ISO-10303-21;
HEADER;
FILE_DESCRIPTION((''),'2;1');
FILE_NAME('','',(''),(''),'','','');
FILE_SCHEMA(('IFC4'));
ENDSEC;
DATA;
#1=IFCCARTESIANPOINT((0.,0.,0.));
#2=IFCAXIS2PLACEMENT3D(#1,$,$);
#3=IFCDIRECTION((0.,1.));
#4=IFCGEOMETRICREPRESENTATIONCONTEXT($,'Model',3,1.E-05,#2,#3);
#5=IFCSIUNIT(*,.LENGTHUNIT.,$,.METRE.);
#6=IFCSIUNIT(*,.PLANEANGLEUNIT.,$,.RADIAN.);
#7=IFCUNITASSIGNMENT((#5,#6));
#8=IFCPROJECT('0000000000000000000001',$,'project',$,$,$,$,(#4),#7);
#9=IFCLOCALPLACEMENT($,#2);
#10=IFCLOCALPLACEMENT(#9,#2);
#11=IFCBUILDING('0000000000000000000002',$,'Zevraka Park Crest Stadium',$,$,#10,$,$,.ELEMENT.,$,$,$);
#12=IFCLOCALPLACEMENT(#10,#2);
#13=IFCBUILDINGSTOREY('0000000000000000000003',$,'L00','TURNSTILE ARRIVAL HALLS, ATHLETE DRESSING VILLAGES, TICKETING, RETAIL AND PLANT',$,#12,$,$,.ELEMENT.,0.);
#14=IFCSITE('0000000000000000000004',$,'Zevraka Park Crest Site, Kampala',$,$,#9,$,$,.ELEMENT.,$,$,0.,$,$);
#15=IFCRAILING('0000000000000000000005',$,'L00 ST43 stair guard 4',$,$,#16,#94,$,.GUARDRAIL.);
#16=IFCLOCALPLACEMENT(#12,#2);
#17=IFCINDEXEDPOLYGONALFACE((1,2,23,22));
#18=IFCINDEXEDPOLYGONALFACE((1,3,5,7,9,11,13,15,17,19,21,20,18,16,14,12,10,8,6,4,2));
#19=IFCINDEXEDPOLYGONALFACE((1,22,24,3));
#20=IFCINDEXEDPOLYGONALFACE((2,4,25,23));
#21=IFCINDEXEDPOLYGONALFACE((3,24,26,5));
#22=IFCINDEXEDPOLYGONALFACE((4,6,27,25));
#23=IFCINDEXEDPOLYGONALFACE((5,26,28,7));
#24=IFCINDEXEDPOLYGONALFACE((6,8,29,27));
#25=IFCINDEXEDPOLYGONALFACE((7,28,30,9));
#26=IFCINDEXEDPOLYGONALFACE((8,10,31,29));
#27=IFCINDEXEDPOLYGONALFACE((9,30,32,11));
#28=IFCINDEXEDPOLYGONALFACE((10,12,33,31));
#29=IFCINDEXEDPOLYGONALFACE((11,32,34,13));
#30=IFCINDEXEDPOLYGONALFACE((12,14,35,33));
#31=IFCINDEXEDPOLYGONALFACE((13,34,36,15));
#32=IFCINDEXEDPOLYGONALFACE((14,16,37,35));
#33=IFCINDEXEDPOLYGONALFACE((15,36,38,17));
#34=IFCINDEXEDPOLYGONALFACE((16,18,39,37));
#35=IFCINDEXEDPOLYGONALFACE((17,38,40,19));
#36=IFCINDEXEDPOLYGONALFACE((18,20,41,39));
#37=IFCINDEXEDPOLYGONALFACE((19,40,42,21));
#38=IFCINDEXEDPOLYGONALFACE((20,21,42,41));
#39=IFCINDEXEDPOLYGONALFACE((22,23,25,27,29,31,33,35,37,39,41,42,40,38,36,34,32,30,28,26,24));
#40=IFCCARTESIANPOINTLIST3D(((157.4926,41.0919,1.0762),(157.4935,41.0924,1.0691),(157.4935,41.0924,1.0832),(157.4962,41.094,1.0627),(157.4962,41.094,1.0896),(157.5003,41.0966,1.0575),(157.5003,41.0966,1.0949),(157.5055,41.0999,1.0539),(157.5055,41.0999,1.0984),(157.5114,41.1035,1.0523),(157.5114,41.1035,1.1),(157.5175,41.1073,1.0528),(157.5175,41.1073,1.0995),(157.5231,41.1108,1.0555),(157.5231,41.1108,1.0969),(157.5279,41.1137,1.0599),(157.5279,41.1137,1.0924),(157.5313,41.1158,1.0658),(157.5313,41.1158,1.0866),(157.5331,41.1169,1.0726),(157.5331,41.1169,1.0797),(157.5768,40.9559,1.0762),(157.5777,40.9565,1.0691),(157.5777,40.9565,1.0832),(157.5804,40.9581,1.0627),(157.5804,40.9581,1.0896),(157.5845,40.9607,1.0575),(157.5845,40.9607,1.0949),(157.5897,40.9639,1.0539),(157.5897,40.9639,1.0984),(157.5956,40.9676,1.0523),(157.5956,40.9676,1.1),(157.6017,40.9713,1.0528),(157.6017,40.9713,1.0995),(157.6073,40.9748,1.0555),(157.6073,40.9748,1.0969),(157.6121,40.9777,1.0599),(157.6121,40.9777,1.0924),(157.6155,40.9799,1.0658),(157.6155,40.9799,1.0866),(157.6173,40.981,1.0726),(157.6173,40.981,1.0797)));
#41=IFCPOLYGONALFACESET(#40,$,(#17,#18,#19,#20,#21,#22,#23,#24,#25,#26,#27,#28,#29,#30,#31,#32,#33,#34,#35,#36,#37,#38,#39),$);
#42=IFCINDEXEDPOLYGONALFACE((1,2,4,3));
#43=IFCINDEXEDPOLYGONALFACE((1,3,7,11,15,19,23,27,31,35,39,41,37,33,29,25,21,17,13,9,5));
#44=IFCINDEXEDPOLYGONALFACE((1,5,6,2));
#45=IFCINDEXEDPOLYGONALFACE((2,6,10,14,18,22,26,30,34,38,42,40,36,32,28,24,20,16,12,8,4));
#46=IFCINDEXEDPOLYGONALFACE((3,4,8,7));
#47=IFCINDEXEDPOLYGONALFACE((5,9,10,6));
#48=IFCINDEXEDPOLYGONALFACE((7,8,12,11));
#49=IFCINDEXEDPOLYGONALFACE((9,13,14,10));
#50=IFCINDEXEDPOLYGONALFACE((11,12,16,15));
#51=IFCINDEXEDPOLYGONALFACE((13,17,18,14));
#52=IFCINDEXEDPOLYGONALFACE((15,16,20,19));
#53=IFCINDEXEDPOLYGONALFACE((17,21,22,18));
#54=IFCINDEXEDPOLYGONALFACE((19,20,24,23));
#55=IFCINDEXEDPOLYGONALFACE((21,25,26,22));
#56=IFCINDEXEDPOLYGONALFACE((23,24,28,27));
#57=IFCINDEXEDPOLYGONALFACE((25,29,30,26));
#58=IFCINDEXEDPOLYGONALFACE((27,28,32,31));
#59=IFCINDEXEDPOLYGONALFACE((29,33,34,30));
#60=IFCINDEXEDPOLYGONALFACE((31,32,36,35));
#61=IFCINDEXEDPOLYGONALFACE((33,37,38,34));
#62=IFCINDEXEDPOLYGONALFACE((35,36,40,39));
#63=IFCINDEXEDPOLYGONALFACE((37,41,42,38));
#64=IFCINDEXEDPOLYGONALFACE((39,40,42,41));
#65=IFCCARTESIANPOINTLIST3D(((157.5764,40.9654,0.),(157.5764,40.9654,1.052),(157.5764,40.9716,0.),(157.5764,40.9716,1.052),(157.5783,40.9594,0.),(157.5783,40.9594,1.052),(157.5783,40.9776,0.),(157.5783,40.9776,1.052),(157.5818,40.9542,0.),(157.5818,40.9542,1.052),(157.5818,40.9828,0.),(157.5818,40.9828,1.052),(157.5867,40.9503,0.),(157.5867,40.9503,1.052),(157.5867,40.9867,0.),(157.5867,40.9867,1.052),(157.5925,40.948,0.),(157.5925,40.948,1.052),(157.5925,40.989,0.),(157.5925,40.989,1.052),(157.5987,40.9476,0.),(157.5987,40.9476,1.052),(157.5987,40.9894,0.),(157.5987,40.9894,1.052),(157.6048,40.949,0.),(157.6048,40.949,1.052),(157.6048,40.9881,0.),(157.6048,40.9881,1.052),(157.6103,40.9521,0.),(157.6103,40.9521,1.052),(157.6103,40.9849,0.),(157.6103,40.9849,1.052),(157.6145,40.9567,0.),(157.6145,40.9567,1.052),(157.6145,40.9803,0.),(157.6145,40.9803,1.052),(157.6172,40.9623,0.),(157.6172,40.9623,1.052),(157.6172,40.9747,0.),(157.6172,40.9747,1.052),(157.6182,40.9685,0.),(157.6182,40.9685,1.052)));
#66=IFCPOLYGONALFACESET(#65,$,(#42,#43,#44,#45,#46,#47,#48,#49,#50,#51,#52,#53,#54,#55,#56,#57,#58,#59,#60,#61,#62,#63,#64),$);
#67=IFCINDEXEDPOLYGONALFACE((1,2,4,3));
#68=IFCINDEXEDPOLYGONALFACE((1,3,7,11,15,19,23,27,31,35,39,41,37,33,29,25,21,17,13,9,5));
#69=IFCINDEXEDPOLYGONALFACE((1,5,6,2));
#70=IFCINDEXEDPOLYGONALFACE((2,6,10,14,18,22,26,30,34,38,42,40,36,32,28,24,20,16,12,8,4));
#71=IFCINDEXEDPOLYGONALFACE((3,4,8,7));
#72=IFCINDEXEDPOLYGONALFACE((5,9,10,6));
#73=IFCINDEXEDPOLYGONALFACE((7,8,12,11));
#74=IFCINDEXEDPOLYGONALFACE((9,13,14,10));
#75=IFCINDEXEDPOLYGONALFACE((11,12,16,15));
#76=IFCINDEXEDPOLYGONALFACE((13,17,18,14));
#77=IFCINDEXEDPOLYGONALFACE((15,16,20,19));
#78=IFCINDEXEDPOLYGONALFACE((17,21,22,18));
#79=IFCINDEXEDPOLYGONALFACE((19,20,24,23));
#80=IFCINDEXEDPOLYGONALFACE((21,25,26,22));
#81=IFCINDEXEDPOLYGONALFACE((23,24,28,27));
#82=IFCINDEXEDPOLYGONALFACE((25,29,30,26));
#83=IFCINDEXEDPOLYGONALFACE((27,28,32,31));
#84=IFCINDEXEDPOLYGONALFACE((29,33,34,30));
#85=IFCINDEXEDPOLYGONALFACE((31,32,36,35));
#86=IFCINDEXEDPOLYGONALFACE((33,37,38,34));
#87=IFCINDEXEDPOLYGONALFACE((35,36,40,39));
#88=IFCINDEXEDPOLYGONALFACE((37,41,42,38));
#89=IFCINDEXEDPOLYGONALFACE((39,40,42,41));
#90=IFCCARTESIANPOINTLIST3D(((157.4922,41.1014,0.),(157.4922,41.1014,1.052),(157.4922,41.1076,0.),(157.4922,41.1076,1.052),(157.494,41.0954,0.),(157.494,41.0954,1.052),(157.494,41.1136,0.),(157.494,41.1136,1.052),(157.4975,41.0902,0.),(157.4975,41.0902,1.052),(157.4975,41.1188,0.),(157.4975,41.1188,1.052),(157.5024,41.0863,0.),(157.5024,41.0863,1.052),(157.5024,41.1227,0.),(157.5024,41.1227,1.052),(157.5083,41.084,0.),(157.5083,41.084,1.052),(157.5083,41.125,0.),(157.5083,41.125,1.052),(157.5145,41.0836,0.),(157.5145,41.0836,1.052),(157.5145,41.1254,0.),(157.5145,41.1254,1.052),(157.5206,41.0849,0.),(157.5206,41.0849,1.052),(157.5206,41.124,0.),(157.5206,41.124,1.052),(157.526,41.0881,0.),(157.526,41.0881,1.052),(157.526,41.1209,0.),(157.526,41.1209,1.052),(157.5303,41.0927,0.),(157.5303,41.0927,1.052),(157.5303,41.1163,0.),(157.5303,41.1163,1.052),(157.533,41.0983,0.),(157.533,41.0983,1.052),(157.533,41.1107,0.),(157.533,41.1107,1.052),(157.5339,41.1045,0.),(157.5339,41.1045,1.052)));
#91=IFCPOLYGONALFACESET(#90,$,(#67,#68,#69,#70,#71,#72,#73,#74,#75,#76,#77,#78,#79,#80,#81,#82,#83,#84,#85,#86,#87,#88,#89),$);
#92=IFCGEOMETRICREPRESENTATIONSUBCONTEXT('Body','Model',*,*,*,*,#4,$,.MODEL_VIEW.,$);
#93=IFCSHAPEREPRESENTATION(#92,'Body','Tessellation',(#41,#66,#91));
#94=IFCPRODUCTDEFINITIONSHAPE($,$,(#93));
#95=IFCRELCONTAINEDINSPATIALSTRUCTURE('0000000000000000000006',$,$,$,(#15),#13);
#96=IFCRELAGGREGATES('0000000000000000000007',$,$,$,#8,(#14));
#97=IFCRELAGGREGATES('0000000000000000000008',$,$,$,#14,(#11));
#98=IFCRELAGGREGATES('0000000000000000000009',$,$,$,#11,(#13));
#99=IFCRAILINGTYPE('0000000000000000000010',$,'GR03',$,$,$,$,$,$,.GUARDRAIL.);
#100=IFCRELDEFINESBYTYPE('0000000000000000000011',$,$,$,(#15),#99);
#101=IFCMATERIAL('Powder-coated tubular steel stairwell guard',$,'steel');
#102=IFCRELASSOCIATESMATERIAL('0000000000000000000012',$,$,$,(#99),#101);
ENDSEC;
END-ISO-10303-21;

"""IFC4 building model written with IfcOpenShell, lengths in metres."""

from ifc_helpers import new_model, si_unit, direction, frame, origin, origin_2d, place, context, subcontext, project, spatial, circle, extrude, material, type_object, element, save


model = new_model("IFC4")

# Units and contexts
model_context = context("Model", 3, precision=1e-05, world=origin(), true_north=direction((0.0, 1.0)))
body_context = subcontext(model_context, "Body", "Model", "MODEL_VIEW")
ifc_project = project(units=[si_unit("LENGTHUNIT", "METRE"), si_unit("PLANEANGLEUNIT", "RADIAN")], contexts=[model_context])

# Site, building, storey
site_placement = place(None, origin())
site = spatial("IfcSite", under=ifc_project, at=site_placement, Name="Zevraka Park Crest Site, Kampala", CompositionType="ELEMENT", RefElevation=0.0)
building_placement = place(site_placement, origin())
building = spatial("IfcBuilding", under=site, at=building_placement, Name="Zevraka Park Crest Stadium", CompositionType="ELEMENT")
storey_placement = place(building_placement, origin())
storey = spatial("IfcBuildingStorey", under=building, at=storey_placement, Name="L00", Description="TURNSTILE ARRIVAL HALLS, ATHLETE DRESSING VILLAGES, TICKETING, RETAIL AND PLANT", CompositionType="ELEMENT", Elevation=0.0)

# Railing
ifc_material_1 = material(Name="Powder-coated tubular steel stairwell guard", Category="steel")
railing_type = type_object("IfcRailingType", Name="GR03", PredefinedType="GUARDRAIL", material=ifc_material_1)
railing_1_placement = place(storey_placement, frame((157.5972, 40.9685, 0.0)))
element("IfcRailing", 1, at=railing_1_placement, inside=storey, type_object=railing_type, Name="L00 ST43 stair guard 4", PredefinedType="GUARDRAIL", context=body_context, shape_type="SweptSolid", body=[
    extrude(circle(Radius=0.0239, at=origin_2d()), frame((0.0, 0.0, 1.0762), z_axis=(-0.526565, 0.850135, 0.0), x_axis=(-0.850135, -0.526565, 0.0)), (0.0, 0.0, 1.0), 0.1599),
    extrude(circle(Radius=0.021, at=origin_2d()), origin(), (0.0, 0.0, 1.0), 1.052),
    extrude(circle(Radius=0.021, at=origin_2d()), frame((-0.0842, 0.136, 0.0)), (0.0, 0.0, 1.0), 1.052),
])

save(model, "model.ifc")
